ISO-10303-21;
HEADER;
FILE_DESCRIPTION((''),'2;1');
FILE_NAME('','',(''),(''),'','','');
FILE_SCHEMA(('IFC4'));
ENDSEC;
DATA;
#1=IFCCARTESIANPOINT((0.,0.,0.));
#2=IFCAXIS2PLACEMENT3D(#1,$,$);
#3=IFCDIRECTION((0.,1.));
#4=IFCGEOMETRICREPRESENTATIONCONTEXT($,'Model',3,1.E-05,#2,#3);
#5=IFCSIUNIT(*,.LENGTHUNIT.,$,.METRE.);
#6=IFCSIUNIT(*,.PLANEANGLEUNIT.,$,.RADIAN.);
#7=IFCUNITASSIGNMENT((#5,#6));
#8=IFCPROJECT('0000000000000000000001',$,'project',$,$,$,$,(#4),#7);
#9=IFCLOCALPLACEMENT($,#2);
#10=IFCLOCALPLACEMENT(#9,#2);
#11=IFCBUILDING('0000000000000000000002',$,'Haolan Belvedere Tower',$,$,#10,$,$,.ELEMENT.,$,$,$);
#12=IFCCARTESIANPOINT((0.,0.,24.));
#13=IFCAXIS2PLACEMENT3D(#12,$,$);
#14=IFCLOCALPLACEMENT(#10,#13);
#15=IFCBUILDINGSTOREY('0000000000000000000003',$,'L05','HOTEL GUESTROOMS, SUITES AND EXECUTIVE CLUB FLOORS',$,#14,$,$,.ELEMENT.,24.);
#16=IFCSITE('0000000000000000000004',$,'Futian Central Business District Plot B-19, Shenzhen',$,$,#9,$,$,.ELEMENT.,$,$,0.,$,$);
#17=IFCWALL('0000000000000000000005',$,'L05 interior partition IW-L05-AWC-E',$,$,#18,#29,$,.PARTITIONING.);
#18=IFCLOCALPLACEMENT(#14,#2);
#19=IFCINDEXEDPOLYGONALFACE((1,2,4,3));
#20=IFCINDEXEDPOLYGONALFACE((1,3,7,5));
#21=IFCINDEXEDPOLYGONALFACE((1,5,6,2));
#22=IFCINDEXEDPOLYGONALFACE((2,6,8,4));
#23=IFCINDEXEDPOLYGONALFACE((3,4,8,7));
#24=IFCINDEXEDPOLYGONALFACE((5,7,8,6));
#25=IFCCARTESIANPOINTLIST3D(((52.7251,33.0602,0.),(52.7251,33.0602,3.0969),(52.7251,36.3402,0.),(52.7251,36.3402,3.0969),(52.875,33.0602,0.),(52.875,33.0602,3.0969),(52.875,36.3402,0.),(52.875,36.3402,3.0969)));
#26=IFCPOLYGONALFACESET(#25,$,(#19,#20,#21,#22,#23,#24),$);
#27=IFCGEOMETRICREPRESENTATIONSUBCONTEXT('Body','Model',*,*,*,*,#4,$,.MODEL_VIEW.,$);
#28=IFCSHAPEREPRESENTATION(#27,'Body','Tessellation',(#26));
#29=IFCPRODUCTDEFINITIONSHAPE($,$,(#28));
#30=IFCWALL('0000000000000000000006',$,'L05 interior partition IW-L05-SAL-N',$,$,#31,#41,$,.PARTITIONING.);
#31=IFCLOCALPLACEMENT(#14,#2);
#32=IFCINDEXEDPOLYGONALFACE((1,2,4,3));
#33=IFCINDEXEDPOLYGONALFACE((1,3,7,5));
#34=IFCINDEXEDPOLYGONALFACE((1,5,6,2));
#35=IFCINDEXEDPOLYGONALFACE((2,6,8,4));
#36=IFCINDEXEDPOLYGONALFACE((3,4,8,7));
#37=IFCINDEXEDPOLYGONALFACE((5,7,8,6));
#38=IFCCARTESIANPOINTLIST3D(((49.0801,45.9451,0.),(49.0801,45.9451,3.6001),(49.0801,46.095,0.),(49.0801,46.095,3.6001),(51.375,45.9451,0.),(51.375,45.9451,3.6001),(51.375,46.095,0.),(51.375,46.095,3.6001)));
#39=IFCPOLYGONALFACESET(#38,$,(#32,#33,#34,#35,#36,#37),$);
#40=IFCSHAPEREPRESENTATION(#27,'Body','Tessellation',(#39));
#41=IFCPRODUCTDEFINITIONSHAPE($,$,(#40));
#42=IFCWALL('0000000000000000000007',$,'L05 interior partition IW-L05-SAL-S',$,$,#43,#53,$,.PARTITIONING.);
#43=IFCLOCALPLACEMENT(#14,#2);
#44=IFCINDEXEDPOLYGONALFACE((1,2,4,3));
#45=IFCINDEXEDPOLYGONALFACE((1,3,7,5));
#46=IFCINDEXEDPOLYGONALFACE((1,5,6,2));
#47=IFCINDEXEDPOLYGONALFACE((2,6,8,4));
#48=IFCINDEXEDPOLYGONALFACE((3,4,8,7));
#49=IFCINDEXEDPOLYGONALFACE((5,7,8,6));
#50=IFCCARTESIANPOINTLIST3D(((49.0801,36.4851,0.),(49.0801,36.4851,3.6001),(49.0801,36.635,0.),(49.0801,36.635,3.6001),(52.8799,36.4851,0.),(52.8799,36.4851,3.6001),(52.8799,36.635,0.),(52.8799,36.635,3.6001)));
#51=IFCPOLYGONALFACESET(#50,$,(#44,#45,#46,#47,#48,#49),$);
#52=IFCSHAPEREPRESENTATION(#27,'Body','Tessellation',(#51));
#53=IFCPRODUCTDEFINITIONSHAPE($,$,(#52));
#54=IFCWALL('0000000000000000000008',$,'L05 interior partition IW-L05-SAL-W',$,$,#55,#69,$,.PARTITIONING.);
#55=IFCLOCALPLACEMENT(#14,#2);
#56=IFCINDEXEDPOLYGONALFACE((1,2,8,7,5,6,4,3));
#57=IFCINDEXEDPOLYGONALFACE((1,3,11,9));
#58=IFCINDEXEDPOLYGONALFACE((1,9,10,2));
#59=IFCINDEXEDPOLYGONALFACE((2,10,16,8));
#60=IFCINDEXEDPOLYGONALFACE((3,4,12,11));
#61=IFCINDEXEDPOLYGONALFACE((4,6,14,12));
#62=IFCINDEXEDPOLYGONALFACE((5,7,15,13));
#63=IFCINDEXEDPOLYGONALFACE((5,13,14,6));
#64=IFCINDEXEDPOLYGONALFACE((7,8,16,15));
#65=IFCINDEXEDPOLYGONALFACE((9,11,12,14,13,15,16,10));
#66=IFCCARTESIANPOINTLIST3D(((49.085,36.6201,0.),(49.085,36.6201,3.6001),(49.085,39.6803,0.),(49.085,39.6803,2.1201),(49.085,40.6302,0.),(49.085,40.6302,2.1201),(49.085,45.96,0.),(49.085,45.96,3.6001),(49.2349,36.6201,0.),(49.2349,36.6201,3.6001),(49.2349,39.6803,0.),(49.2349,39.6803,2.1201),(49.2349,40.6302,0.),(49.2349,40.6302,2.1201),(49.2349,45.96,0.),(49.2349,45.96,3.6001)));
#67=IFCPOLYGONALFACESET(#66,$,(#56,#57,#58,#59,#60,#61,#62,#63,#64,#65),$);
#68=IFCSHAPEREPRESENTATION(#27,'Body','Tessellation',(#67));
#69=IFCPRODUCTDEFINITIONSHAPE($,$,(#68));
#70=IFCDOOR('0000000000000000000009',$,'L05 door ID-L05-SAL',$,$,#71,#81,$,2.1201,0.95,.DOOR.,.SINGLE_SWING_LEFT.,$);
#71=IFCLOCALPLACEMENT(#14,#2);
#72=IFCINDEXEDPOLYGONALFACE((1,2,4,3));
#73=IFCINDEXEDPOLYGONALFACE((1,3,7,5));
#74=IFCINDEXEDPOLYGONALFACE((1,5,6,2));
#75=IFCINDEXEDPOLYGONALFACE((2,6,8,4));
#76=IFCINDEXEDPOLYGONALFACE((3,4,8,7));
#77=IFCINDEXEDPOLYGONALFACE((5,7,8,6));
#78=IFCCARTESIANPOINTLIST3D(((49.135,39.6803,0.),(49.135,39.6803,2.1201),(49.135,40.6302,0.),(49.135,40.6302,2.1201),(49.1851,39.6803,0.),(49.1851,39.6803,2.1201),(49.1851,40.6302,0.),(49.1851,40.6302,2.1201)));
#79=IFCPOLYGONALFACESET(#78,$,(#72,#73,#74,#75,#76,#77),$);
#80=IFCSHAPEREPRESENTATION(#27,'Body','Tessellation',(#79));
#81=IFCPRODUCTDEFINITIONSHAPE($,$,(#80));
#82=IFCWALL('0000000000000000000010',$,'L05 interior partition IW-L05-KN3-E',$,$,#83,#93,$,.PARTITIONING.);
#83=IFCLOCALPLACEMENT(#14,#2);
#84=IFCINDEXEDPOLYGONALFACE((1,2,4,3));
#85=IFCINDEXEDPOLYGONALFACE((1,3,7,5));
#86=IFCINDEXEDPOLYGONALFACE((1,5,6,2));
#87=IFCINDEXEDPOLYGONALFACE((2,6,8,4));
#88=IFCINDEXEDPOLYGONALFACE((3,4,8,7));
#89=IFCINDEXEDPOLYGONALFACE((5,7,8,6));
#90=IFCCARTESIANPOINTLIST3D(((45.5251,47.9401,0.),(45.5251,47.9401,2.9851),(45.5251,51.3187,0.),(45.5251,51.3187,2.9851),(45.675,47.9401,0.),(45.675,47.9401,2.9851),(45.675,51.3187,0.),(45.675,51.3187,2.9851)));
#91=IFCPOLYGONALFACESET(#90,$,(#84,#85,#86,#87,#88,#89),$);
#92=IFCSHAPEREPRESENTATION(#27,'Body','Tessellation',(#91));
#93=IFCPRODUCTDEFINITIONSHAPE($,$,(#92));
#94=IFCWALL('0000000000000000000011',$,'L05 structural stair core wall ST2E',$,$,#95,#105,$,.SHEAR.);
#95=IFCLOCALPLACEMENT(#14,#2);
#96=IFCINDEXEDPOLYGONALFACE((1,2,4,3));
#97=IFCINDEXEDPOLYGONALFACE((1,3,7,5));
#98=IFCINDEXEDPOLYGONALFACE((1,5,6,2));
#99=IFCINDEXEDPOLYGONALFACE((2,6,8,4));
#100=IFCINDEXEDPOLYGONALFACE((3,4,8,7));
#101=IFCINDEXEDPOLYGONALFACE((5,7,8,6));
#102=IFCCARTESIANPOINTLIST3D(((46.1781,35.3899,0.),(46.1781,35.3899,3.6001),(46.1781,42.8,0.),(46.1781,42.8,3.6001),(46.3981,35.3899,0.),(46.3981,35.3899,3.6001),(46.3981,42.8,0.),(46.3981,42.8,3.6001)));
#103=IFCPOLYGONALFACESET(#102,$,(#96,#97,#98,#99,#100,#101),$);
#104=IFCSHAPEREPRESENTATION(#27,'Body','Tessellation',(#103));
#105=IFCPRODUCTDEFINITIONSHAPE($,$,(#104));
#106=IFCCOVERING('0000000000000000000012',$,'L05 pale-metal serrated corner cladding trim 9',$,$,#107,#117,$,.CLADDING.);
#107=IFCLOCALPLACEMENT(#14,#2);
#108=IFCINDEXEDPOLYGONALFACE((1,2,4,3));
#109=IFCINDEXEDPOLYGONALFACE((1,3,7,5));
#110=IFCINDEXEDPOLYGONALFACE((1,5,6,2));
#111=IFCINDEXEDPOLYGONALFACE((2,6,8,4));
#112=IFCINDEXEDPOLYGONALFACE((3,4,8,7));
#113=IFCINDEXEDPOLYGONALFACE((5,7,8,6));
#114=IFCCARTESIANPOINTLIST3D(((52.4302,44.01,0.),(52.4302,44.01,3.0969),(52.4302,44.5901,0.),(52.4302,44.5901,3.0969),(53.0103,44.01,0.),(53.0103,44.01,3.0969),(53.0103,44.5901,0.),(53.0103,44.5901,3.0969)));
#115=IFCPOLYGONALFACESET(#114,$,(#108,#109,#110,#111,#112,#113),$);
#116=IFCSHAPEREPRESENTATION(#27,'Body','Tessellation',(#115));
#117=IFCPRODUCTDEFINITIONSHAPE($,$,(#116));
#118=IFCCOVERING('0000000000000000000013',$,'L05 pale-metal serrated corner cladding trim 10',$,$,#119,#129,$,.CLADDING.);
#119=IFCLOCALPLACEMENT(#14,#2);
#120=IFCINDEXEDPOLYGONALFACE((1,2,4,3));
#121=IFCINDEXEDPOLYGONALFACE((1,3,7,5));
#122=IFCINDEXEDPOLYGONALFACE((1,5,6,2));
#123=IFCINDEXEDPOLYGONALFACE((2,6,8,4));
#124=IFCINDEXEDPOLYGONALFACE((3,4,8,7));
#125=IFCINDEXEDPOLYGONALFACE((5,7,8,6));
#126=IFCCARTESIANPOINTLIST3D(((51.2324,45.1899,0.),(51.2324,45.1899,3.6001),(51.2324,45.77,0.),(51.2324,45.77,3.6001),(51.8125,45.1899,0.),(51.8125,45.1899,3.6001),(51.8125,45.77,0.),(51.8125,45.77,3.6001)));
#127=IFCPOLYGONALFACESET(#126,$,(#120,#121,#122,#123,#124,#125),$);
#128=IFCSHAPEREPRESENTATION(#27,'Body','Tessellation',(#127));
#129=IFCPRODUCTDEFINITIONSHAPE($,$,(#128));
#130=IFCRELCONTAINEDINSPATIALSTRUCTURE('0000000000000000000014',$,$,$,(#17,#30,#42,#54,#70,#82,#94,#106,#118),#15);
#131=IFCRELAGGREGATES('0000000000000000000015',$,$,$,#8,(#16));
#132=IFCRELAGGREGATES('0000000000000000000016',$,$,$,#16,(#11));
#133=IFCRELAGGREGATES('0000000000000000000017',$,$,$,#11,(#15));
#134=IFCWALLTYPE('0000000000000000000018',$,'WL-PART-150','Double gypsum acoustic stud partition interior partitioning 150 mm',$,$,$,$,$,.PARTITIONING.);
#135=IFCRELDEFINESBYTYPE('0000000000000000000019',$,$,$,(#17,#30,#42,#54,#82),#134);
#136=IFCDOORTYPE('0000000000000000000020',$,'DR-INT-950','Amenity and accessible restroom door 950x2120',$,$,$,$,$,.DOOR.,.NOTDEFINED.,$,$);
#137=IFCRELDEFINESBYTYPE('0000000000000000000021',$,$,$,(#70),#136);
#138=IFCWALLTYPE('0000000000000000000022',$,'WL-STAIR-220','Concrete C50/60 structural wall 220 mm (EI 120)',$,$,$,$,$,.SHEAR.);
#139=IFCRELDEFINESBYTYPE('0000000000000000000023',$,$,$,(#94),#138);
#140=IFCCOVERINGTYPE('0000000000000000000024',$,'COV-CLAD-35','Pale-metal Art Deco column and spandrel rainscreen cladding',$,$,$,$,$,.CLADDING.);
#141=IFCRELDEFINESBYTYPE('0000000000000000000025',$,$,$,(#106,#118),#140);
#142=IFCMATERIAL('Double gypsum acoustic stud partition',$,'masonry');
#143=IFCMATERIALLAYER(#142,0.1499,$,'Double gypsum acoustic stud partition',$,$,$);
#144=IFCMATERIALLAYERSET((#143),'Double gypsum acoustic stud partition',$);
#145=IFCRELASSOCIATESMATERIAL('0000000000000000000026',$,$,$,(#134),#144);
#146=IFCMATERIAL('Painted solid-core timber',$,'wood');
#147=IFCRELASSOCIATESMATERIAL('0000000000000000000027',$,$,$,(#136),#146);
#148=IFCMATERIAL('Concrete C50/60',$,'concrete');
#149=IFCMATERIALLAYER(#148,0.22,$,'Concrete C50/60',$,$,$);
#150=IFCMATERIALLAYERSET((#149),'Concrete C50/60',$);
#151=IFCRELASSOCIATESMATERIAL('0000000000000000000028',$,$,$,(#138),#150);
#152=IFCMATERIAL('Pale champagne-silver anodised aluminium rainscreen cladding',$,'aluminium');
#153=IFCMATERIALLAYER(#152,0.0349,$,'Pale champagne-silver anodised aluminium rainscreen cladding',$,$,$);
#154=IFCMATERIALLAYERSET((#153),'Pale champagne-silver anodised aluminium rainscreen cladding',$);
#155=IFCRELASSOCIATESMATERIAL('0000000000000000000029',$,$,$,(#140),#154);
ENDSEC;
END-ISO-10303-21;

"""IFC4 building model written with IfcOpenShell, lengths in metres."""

from ifc_helpers import new_model, si_unit, direction, frame, frame_2d, origin, origin_2d, place, context, subcontext, project, spatial, rectangle, extrude, material, layer, layer_set, type_object, element, fill, save


model = new_model("IFC4")

# Units and contexts
model_context = context("Model", 3, precision=1e-05, world=origin(), true_north=direction((0.0, 1.0)))
body_context = subcontext(model_context, "Body", "Model", "MODEL_VIEW")
ifc_project = project(units=[si_unit("LENGTHUNIT", "METRE"), si_unit("PLANEANGLEUNIT", "RADIAN")], contexts=[model_context])

# Site, building, storey
site_placement = place(None, origin())
site = spatial("IfcSite", under=ifc_project, at=site_placement, Name="Futian Central Business District Plot B-19, Shenzhen", CompositionType="ELEMENT", RefElevation=0.0)
building_placement = place(site_placement, origin())
building = spatial("IfcBuilding", under=site, at=building_placement, Name="Haolan Belvedere Tower", CompositionType="ELEMENT")
storey_placement = place(building_placement, frame((0.0, 0.0, 24.0)))
storey = spatial("IfcBuildingStorey", under=building, at=storey_placement, Name="L05", Description="HOTEL GUESTROOMS, SUITES AND EXECUTIVE CLUB FLOORS", CompositionType="ELEMENT", Elevation=24.0)

# Shared definitions
ifc_material_1 = material(Name="Double gypsum acoustic stud partition", Category="masonry")
ifc_layer_1 = layer(ifc_material_1, 0.1499, Name="Double gypsum acoustic stud partition")
ifc_layer_set_1 = layer_set([ifc_layer_1], Name="Double gypsum acoustic stud partition")
wall_type_1 = type_object("IfcWallType", Name="WL-PART-150", Description="Double gypsum acoustic stud partition interior partitioning 150 mm", PredefinedType="PARTITIONING", material=ifc_layer_set_1)

# Shared definitions
ifc_material_2 = material(Name="Painted solid-core timber", Category="wood")
door_type = type_object("IfcDoorType", Name="DR-INT-950", Description="Amenity and accessible restroom door 950x2120", OperationType="NOTDEFINED", PredefinedType="DOOR", material=ifc_material_2)

# Walls
wall_1_placement = place(storey_placement, frame((52.8, 33.0601, 0.0), z_axis=(0.0, 0.0, 1.0), x_axis=(0.0, 1.0, 0.0)))
element("IfcWall", 1, at=wall_1_placement, inside=storey, type_object=wall_type_1, Name="L05 interior partition IW-L05-AWC-E", PredefinedType="PARTITIONING", context=body_context, shape_type="SweptSolid", body=[
    extrude(rectangle(XDim=3.28, YDim=0.1499, at=frame_2d((1.6401, 0.0))), origin(), (0.0, 0.0, 1.0), 3.0969),
])
wall_2_placement = place(storey_placement, frame((49.0801, 46.02, 0.0), z_axis=(0.0, 0.0, 1.0), x_axis=(1.0, 0.0, 0.0)))
element("IfcWall", 2, at=wall_2_placement, inside=storey, type_object=wall_type_1, Name="L05 interior partition IW-L05-SAL-N", PredefinedType="PARTITIONING", context=body_context, shape_type="SweptSolid", body=[
    extrude(rectangle(XDim=2.2949, YDim=0.1499, at=frame_2d((1.1475, 0.0))), origin(), (0.0, 0.0, 1.0), 3.6001),
])
wall_3_placement = place(storey_placement, frame((49.0801, 36.5601, 0.0), z_axis=(0.0, 0.0, 1.0), x_axis=(1.0, 0.0, 0.0)))
element("IfcWall", 3, at=wall_3_placement, inside=storey, type_object=wall_type_1, Name="L05 interior partition IW-L05-SAL-S", PredefinedType="PARTITIONING", context=body_context, shape_type="SweptSolid", body=[
    extrude(rectangle(XDim=3.7998, YDim=0.1499, at=frame_2d((1.8999, 0.0))), origin(), (0.0, 0.0, 1.0), 3.6001),
])

# Wall, opening, door
wall_4_placement = place(storey_placement, frame((49.1599, 36.6201, 0.0), z_axis=(0.0, 0.0, 1.0), x_axis=(0.0, 1.0, 0.0)))
wall_4 = element("IfcWall", 4, at=wall_4_placement, inside=storey, type_object=wall_type_1, Name="L05 interior partition IW-L05-SAL-W", PredefinedType="PARTITIONING", context=body_context, shape_type="SweptSolid", body=[
    extrude(rectangle(XDim=9.3398, YDim=0.1499, at=frame_2d((4.6699, 0.0))), origin(), (0.0, 0.0, 1.0), 3.6001),
])
opening_1_placement = place(wall_4_placement, frame((3.0601, 0.0, 0.0)))
opening_1 = element("IfcOpeningElement", 5, at=opening_1_placement, cuts=wall_4, PredefinedType="OPENING", context=body_context, shape_type="SweptSolid", body=[
    extrude(rectangle(XDim=0.95, YDim=2.1201, at=frame_2d((0.4751, 1.0601))), frame((0.0, 0.085, 0.0), z_axis=(0.0, -1.0, 0.0), x_axis=(1.0, 0.0, 0.0)), (0.0, 0.0, 1.0), 0.1699),
])
door_1_placement = place(opening_1_placement, origin())
door_1 = element("IfcDoor", 6, at=door_1_placement, inside=storey, type_object=door_type, Name="L05 door ID-L05-SAL", OperationType="SINGLE_SWING_LEFT", OverallHeight=2.1201, OverallWidth=0.95, PredefinedType="DOOR", context=body_context, shape_type="SweptSolid", body=[
    extrude(rectangle(XDim=0.95, YDim=2.1201, at=frame_2d((0.4751, 1.0601))), frame((0.0, 0.0249, 0.0), z_axis=(0.0, -1.0, 0.0), x_axis=(1.0, 0.0, 0.0)), (0.0, 0.0, 1.0), 0.05),
])
fill(opening_1, door_1)

# Walls
wall_5_placement = place(storey_placement, frame((45.6001, 47.9399, 0.0), z_axis=(0.0, 0.0, 1.0), x_axis=(0.0, 1.0, 0.0)))
element("IfcWall", 7, at=wall_5_placement, inside=storey, type_object=wall_type_1, Name="L05 interior partition IW-L05-KN3-E", PredefinedType="PARTITIONING", context=body_context, shape_type="SweptSolid", body=[
    extrude(rectangle(XDim=3.3787, YDim=0.1499, at=frame_2d((1.6895, 0.0))), origin(), (0.0, 0.0, 1.0), 2.9851),
])
ifc_material_3 = material(Name="Concrete C50/60", Category="concrete")
ifc_layer_2 = layer(ifc_material_3, 0.22, Name="Concrete C50/60")
ifc_layer_set_2 = layer_set([ifc_layer_2], Name="Concrete C50/60")
wall_type_2 = type_object("IfcWallType", Name="WL-STAIR-220", Description="Concrete C50/60 structural wall 220 mm (EI 120)", PredefinedType="SHEAR", material=ifc_layer_set_2)
wall_6_placement = place(storey_placement, frame((46.2881, 35.3899, 0.0), z_axis=(0.0, 0.0, 1.0), x_axis=(0.0, 1.0, 0.0)))
element("IfcWall", 8, at=wall_6_placement, inside=storey, type_object=wall_type_2, Name="L05 structural stair core wall ST2E", PredefinedType="SHEAR", context=body_context, shape_type="SweptSolid", body=[
    extrude(rectangle(XDim=7.4102, YDim=0.22, at=frame_2d((3.7051, 0.0))), origin(), (0.0, 0.0, 1.0), 3.6001),
])

# Coverings
ifc_material_4 = material(Name="Pale champagne-silver anodised aluminium rainscreen cladding", Category="aluminium")
ifc_layer_3 = layer(ifc_material_4, 0.0349, Name="Pale champagne-silver anodised aluminium rainscreen cladding")
ifc_layer_set_3 = layer_set([ifc_layer_3], Name="Pale champagne-silver anodised aluminium rainscreen cladding")
covering_type = type_object("IfcCoveringType", Name="COV-CLAD-35", Description="Pale-metal Art Deco column and spandrel rainscreen cladding", PredefinedType="CLADDING", material=ifc_layer_set_3)
covering_1_placement = place(storey_placement, frame((52.7202, 44.3, 0.0), z_axis=(0.0, 0.0, 1.0), x_axis=(1.0, 0.0, 0.0)))
element("IfcCovering", 9, at=covering_1_placement, inside=storey, type_object=covering_type, Name="L05 pale-metal serrated corner cladding trim 9", PredefinedType="CLADDING", context=body_context, shape_type="SweptSolid", body=[
    extrude(rectangle(XDim=0.5801, YDim=0.5801, at=origin_2d()), origin(), (0.0, 0.0, 1.0), 3.0969),
])
covering_2_placement = place(storey_placement, frame((51.5225, 45.48, 0.0), z_axis=(0.0, 0.0, 1.0), x_axis=(1.0, 0.0, 0.0)))
element("IfcCovering", 10, at=covering_2_placement, inside=storey, type_object=covering_type, Name="L05 pale-metal serrated corner cladding trim 10", PredefinedType="CLADDING", context=body_context, shape_type="SweptSolid", body=[
    extrude(rectangle(XDim=0.5801, YDim=0.5801, at=origin_2d()), origin(), (0.0, 0.0, 1.0), 3.6001),
])

save(model, "model.ifc")
